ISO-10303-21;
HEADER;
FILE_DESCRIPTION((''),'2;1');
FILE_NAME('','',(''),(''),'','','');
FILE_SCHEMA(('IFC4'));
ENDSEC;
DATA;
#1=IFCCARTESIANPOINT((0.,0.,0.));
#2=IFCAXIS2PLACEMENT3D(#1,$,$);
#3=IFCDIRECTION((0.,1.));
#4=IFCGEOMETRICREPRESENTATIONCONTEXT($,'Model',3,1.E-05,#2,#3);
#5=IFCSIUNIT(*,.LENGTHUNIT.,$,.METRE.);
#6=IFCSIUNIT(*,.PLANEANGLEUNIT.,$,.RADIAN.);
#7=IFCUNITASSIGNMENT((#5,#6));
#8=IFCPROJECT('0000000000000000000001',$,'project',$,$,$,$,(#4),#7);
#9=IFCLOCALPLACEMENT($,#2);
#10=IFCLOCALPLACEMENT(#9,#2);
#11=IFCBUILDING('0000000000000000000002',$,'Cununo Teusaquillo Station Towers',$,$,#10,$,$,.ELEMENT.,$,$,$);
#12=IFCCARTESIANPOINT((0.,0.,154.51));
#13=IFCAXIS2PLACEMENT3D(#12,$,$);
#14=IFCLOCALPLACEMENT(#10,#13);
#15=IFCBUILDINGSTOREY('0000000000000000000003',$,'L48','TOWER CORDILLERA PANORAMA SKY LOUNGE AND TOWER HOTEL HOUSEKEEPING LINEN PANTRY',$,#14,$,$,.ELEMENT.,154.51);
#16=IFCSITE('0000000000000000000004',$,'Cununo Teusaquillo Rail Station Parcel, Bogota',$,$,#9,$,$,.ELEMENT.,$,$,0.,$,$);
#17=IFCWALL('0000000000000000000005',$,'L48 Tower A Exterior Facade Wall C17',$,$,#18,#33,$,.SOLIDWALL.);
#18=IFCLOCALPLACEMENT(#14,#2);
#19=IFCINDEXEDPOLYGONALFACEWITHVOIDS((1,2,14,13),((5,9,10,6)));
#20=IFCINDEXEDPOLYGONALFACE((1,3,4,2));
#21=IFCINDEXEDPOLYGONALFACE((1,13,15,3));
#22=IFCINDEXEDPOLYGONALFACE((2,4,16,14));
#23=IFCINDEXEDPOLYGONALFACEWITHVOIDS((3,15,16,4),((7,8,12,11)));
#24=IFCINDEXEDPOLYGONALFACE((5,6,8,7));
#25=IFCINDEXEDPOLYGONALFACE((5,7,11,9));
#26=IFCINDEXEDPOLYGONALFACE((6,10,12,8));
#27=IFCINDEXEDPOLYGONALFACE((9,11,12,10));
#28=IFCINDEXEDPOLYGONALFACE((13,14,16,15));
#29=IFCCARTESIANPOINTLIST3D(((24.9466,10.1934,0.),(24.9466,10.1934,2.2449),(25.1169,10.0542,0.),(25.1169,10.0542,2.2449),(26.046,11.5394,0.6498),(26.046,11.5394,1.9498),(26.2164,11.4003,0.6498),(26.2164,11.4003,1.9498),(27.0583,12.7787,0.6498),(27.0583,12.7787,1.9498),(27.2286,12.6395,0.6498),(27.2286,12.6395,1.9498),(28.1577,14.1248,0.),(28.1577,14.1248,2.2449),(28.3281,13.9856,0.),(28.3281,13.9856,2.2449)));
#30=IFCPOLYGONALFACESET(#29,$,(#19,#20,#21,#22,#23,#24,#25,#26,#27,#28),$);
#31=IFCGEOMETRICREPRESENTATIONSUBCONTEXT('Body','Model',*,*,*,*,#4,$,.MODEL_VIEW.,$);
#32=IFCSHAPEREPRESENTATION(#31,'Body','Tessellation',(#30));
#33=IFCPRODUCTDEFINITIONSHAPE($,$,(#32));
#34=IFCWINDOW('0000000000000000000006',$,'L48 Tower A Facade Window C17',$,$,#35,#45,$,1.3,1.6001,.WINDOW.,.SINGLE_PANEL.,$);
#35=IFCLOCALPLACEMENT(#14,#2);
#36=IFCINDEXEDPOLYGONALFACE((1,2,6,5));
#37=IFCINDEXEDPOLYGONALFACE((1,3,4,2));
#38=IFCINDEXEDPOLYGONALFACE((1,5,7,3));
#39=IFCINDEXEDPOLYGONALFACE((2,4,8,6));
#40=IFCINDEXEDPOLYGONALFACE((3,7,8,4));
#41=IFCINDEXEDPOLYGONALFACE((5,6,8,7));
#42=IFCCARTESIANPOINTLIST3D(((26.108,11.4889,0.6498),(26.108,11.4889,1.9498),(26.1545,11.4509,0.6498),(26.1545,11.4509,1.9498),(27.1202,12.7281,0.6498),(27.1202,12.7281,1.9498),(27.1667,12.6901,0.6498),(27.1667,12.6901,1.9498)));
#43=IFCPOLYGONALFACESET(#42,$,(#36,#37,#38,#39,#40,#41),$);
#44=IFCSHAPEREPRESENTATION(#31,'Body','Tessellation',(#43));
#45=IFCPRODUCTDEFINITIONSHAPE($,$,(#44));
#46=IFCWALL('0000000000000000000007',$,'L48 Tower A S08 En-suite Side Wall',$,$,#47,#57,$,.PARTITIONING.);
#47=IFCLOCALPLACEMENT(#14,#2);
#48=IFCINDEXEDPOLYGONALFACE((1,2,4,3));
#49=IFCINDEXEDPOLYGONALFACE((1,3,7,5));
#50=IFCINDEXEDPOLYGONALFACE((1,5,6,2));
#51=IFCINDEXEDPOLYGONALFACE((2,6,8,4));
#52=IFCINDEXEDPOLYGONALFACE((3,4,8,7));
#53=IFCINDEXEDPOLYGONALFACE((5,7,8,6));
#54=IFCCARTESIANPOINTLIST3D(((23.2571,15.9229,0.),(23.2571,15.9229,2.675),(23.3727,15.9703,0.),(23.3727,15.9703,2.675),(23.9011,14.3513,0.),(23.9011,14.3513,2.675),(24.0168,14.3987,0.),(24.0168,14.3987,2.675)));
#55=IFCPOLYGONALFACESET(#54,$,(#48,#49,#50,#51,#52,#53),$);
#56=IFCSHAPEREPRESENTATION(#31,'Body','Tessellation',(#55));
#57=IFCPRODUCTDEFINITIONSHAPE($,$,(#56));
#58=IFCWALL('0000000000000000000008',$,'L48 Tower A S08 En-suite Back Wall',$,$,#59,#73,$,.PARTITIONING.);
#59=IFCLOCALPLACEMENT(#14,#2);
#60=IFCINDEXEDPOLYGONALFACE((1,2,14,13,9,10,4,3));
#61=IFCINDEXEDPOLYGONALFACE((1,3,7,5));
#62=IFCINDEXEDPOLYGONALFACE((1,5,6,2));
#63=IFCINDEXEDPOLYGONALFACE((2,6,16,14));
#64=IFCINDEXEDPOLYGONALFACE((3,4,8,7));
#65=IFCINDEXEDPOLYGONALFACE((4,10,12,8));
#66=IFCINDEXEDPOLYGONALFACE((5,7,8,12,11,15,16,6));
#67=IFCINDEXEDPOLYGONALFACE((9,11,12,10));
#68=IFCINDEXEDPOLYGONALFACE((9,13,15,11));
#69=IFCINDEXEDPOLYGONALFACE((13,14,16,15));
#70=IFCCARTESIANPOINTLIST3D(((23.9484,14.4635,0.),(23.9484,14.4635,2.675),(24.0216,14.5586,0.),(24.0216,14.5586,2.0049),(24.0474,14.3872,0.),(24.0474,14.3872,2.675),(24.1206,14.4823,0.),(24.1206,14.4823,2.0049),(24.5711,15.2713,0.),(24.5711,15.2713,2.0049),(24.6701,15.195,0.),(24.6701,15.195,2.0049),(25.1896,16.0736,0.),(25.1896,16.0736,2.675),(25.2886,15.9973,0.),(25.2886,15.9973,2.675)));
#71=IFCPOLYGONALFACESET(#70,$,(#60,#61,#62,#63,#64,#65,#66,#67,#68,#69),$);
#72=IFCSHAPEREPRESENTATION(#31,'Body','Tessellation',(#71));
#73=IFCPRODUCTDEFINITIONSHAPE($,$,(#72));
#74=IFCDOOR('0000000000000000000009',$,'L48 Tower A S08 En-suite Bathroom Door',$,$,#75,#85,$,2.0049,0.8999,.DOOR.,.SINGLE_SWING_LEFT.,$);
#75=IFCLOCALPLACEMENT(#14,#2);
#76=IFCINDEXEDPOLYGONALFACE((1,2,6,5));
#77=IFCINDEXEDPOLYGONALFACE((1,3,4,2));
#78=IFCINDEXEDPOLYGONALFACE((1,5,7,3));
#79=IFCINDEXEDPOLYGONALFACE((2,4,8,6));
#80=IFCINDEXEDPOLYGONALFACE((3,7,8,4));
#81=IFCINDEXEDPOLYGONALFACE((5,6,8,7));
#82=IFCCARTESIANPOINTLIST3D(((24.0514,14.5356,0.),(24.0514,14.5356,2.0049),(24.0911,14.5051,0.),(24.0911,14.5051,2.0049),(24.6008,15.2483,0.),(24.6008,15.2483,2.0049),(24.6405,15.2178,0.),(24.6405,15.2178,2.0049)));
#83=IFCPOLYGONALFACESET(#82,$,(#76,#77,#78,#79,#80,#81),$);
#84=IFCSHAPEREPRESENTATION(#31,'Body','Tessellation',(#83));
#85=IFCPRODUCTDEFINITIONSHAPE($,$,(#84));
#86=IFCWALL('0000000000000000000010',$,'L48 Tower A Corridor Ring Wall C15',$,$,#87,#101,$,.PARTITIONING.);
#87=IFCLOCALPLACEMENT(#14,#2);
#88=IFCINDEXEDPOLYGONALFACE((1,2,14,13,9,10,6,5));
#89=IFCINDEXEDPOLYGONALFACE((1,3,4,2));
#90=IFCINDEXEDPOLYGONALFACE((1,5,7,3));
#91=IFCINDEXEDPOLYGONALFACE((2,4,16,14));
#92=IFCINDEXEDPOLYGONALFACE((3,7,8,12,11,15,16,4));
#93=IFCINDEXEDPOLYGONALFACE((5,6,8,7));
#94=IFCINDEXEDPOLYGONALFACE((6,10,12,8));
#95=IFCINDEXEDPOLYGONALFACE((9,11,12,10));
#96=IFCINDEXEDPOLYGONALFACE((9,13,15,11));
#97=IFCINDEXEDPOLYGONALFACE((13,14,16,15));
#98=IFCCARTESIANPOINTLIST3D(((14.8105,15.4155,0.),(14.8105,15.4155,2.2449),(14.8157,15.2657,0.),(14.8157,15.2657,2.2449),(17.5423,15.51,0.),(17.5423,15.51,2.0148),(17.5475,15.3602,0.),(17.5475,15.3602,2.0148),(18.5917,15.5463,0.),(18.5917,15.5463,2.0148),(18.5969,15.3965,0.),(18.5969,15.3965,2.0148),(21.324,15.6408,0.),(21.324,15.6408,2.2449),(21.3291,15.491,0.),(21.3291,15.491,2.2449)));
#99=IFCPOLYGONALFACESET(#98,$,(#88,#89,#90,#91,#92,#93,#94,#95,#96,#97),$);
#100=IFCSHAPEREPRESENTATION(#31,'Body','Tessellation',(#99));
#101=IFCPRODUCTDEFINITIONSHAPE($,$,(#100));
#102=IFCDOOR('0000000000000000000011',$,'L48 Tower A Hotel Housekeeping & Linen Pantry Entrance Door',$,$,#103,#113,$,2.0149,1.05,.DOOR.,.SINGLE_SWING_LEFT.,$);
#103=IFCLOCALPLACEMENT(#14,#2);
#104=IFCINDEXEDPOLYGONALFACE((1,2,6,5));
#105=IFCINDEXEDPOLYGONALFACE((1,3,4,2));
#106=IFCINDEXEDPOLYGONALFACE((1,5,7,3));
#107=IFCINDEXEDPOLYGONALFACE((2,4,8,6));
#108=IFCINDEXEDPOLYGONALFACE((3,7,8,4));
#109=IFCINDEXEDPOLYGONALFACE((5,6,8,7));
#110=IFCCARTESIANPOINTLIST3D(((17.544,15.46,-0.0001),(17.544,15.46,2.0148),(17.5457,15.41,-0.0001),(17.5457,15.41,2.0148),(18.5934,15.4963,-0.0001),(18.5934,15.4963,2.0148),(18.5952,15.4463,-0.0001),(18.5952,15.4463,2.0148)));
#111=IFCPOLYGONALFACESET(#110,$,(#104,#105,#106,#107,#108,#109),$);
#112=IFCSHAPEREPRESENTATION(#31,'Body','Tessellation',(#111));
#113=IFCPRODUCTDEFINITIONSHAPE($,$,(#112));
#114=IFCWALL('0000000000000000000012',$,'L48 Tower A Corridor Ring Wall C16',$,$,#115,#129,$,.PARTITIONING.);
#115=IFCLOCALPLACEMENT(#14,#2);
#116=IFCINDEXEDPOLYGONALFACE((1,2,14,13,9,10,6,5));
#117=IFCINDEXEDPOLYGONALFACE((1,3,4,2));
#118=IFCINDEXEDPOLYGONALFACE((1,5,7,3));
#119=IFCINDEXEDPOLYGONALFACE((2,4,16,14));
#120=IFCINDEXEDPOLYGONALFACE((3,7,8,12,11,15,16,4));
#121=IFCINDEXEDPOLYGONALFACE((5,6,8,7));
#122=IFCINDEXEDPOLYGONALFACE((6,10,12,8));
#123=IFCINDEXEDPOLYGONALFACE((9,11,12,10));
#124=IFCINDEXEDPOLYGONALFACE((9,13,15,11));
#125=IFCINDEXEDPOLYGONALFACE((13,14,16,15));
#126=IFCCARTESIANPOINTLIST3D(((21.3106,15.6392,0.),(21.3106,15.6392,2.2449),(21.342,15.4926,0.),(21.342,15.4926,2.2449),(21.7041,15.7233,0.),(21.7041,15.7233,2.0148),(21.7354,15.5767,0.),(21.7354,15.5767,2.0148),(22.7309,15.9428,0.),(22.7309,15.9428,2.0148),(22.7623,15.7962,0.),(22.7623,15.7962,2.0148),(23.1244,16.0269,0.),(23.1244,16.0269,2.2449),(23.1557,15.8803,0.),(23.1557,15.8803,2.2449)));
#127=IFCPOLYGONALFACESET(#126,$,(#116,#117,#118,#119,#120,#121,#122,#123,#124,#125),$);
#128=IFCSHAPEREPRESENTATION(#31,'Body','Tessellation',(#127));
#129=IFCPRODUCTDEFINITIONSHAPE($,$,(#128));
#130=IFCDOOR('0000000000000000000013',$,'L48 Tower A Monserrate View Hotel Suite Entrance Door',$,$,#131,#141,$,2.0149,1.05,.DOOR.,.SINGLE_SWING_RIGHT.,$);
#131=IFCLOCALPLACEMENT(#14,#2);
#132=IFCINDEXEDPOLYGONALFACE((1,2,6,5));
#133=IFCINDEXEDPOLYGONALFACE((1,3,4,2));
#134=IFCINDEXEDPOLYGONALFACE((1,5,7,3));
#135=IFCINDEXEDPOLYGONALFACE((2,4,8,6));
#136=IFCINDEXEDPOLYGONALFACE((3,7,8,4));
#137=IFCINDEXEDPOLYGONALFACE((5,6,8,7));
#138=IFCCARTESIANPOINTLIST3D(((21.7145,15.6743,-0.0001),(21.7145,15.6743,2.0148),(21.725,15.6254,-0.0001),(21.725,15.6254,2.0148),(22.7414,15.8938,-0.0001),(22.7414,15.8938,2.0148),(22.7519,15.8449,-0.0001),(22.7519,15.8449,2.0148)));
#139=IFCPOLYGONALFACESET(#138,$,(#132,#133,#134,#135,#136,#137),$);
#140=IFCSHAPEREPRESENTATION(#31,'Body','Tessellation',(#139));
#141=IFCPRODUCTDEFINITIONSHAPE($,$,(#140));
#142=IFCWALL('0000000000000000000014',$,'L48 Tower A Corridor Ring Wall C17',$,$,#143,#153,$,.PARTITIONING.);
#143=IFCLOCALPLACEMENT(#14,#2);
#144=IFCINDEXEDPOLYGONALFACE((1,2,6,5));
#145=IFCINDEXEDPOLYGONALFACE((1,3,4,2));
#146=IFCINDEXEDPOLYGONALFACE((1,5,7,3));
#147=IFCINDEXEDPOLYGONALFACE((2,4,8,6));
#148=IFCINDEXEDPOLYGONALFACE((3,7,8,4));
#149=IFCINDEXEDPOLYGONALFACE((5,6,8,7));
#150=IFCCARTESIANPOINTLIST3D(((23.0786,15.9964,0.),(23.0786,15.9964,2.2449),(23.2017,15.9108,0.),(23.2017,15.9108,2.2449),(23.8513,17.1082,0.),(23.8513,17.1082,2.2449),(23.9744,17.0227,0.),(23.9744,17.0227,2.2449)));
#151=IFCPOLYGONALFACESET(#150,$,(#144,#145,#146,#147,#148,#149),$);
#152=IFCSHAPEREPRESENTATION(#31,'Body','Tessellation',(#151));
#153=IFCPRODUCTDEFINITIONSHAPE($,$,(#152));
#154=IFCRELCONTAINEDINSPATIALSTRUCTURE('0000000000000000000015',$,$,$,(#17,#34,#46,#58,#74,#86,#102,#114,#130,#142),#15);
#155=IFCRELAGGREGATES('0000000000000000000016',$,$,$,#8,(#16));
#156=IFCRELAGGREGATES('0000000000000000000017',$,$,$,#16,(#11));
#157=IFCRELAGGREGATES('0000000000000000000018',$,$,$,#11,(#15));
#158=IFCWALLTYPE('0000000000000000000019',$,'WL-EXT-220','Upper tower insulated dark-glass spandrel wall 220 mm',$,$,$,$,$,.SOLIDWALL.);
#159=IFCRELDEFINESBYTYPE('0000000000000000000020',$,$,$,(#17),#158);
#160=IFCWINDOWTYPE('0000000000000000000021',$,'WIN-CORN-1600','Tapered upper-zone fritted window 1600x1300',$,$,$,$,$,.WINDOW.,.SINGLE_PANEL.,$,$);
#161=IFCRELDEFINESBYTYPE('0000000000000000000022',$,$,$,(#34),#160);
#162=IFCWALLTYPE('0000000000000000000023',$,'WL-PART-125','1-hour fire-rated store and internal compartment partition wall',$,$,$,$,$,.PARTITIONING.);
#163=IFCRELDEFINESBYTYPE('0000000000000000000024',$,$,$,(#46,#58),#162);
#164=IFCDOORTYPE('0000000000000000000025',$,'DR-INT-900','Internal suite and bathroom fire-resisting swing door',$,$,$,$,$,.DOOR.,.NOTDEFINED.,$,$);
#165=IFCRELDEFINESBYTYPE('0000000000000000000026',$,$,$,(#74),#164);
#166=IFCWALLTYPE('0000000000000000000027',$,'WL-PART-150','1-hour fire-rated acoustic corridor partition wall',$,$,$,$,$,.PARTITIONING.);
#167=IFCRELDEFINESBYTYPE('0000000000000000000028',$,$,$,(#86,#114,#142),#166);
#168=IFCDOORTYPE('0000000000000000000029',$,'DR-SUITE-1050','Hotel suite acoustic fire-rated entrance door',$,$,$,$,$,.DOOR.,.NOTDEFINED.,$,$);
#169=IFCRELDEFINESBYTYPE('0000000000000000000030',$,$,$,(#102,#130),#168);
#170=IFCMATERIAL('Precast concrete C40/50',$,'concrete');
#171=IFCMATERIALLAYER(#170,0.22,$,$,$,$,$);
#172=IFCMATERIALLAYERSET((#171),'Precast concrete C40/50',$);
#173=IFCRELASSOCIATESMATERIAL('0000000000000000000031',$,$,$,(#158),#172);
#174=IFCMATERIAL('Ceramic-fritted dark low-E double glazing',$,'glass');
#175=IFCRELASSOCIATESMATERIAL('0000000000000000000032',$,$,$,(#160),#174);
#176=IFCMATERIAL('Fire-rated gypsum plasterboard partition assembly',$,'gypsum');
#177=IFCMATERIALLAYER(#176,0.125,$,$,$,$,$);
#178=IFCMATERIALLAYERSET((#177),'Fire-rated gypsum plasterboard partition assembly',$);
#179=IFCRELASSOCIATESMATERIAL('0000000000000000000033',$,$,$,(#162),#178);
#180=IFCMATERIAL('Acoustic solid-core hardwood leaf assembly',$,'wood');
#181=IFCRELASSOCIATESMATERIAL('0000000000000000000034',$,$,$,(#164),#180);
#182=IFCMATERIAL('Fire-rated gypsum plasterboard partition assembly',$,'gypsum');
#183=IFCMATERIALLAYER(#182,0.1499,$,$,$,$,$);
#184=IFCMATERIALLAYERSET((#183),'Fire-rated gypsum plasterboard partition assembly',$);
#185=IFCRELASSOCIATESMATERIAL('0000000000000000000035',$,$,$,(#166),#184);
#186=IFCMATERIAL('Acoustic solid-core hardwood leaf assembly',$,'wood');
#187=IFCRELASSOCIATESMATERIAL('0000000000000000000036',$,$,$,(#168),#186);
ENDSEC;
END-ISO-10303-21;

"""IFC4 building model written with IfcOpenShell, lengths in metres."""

from ifc_helpers import new_model, si_unit, direction, frame, frame_2d, origin, place, context, subcontext, project, spatial, rectangle, extrude, source, transform, mapped, material, layer, layer_set, type_object, element, fill, save


model = new_model("IFC4")

# Units and contexts
model_context = context("Model", 3, precision=1e-05, world=origin(), true_north=direction((0.0, 1.0)))
body_context = subcontext(model_context, "Body", "Model", "MODEL_VIEW")
ifc_project = project(units=[si_unit("LENGTHUNIT", "METRE"), si_unit("PLANEANGLEUNIT", "RADIAN")], contexts=[model_context])

# Site, building, storey
site_placement = place(None, origin())
site = spatial("IfcSite", under=ifc_project, at=site_placement, Name="Cununo Teusaquillo Rail Station Parcel, Bogota", CompositionType="ELEMENT", RefElevation=0.0)
building_placement = place(site_placement, origin())
building = spatial("IfcBuilding", under=site, at=building_placement, Name="Cununo Teusaquillo Station Towers", CompositionType="ELEMENT")
storey_placement = place(building_placement, frame((0.0, 0.0, 154.51)))
storey = spatial("IfcBuildingStorey", under=building, at=storey_placement, Name="L48", Description="TOWER CORDILLERA PANORAMA SKY LOUNGE AND TOWER HOTEL HOUSEKEEPING LINEN PANTRY", CompositionType="ELEMENT", Elevation=154.51)

# Shared definitions
ifc_material_1 = material(Name="Precast concrete C40/50", Category="concrete")
ifc_layer_1 = layer(ifc_material_1, 0.22)
ifc_layer_set_1 = layer_set([ifc_layer_1], Name="Precast concrete C40/50")
wall_type_1 = type_object("IfcWallType", Name="WL-EXT-220", Description="Upper tower insulated dark-glass spandrel wall 220 mm", PredefinedType="SOLIDWALL", material=ifc_layer_set_1)

# Shared definitions
shared_shape_1 = source(origin(), body_context, "Body", "SweptSolid", [
    extrude(rectangle(XDim=1.6001, YDim=1.3, at=frame_2d((0.8, 0.6499))), frame((0.0, 0.1199, 0.0), z_axis=(0.0, -1.0, 0.0), x_axis=(1.0, 0.0, 0.0)), (0.0, 0.0, 1.0), 0.24),
])
ifc_material_2 = material(Name="Ceramic-fritted dark low-E double glazing", Category="glass")
window_type = type_object("IfcWindowType", Name="WIN-CORN-1600", Description="Tapered upper-zone fritted window 1600x1300", PartitioningType="SINGLE_PANEL", PredefinedType="WINDOW", material=ifc_material_2)
shared_shape_2 = source(origin(), body_context, "Body", "SweptSolid", [
    extrude(rectangle(XDim=1.6001, YDim=1.3, at=frame_2d((0.8, 0.6499))), frame((0.0, 0.03, 0.0), z_axis=(0.0, -1.0, 0.0), x_axis=(1.0, 0.0, 0.0)), (0.0, 0.0, 1.0), 0.0601),
])

# Wall, opening, window
wall_1_placement = place(storey_placement, frame((28.2429, 14.0552, 0.0), z_axis=(0.0, 0.0, 1.0), x_axis=(-0.632599, -0.77448, 0.0)))
wall_1 = element("IfcWall", 1, at=wall_1_placement, inside=storey, type_object=wall_type_1, Name="L48 Tower A Exterior Facade Wall C17", PredefinedType="SOLIDWALL", context=body_context, shape_type="SweptSolid", body=[
    extrude(rectangle(XDim=5.0762, YDim=0.22, at=frame_2d((2.5381, 0.0))), origin(), (0.0, 0.0, 1.0), 2.2449),
])
opening_1_placement = place(wall_1_placement, frame((1.738, 0.0, 0.6499)))
opening_1 = element("IfcOpeningElement", 2, at=opening_1_placement, cuts=wall_1, PredefinedType="OPENING", context=body_context, shape_type="MappedRepresentation", body=[
    mapped(shared_shape_1, transform((0.0, 0.0, 0.0), x_axis=(1.0, 0.0, 0.0), y_axis=(0.0, 1.0, 0.0), z_axis=(0.0, 0.0, 1.0), scale=1.0)),
])
window_1_placement = place(opening_1_placement, origin())
window_1 = element("IfcWindow", 3, at=window_1_placement, inside=storey, type_object=window_type, Name="L48 Tower A Facade Window C17", OverallHeight=1.3, OverallWidth=1.6001, PartitioningType="SINGLE_PANEL", PredefinedType="WINDOW", context=body_context, shape_type="MappedRepresentation", body=[
    mapped(shared_shape_2, transform((0.0, 0.0, 0.0), x_axis=(1.0, 0.0, 0.0), y_axis=(0.0, 1.0, 0.0), z_axis=(0.0, 0.0, 1.0), scale=1.0)),
])
fill(opening_1, window_1)

# Wall
ifc_material_3 = material(Name="Fire-rated gypsum plasterboard partition assembly", Category="gypsum")
ifc_layer_2 = layer(ifc_material_3, 0.125)
ifc_layer_set_2 = layer_set([ifc_layer_2], Name="Fire-rated gypsum plasterboard partition assembly")
wall_type_2 = type_object("IfcWallType", Name="WL-PART-125", Description="1-hour fire-rated store and internal compartment partition wall", PredefinedType="PARTITIONING", material=ifc_layer_set_2)
wall_2_placement = place(storey_placement, frame((23.3149, 15.9465, 0.0), z_axis=(0.0, 0.0, 1.0), x_axis=(0.379209, -0.925311, 0.0)))
element("IfcWall", 4, at=wall_2_placement, inside=storey, type_object=wall_type_2, Name="L48 Tower A S08 En-suite Side Wall", PredefinedType="PARTITIONING", context=body_context, shape_type="SweptSolid", body=[
    extrude(rectangle(XDim=1.6985, YDim=0.125, at=frame_2d((0.8491, 0.0))), origin(), (0.0, 0.0, 1.0), 2.675),
])

# Walls, openings, doors
wall_3_placement = place(storey_placement, frame((23.9978, 14.4253, 0.0), z_axis=(0.0, 0.0, 1.0), x_axis=(0.610535, 0.79199, 0.0)))
wall_3 = element("IfcWall", 5, at=wall_3_placement, inside=storey, type_object=wall_type_2, Name="L48 Tower A S08 En-suite Back Wall", PredefinedType="PARTITIONING", context=body_context, shape_type="SweptSolid", body=[
    extrude(rectangle(XDim=2.033, YDim=0.125, at=frame_2d((1.0166, 0.0))), origin(), (0.0, 0.0, 1.0), 2.675),
])
shared_shape_3 = source(origin(), body_context, "Body", "SweptSolid", [
    extrude(rectangle(XDim=0.8999, YDim=2.0049, at=frame_2d((0.45, 1.0024))), frame((0.0, 0.0725, 0.0), z_axis=(0.0, -1.0, 0.0), x_axis=(1.0, 0.0, 0.0)), (0.0, 0.0, 1.0), 0.145),
])
opening_2_placement = place(wall_3_placement, frame((0.1201, 0.0, 0.0)))
opening_2 = element("IfcOpeningElement", 6, at=opening_2_placement, cuts=wall_3, PredefinedType="OPENING", context=body_context, shape_type="MappedRepresentation", body=[
    mapped(shared_shape_3, transform((0.0, 0.0, 0.0), x_axis=(1.0, 0.0, 0.0), y_axis=(0.0, 1.0, 0.0), z_axis=(0.0, 0.0, 1.0), scale=1.0)),
])
ifc_material_4 = material(Name="Acoustic solid-core hardwood leaf assembly", Category="wood")
door_type_1 = type_object("IfcDoorType", Name="DR-INT-900", Description="Internal suite and bathroom fire-resisting swing door", OperationType="NOTDEFINED", PredefinedType="DOOR", material=ifc_material_4)
shared_shape_4 = source(origin(), body_context, "Body", "SweptSolid", [
    extrude(rectangle(XDim=0.8999, YDim=2.0049, at=frame_2d((0.45, 1.0024))), frame((0.0, 0.0249, 0.0), z_axis=(0.0, -1.0, 0.0), x_axis=(1.0, 0.0, 0.0)), (0.0, 0.0, 1.0), 0.05),
])
door_1_placement = place(opening_2_placement, origin())
door_1 = element("IfcDoor", 7, at=door_1_placement, inside=storey, type_object=door_type_1, Name="L48 Tower A S08 En-suite Bathroom Door", OperationType="SINGLE_SWING_LEFT", OverallHeight=2.0049, OverallWidth=0.8999, PredefinedType="DOOR", context=body_context, shape_type="MappedRepresentation", body=[
    mapped(shared_shape_4, transform((0.0, 0.0, 0.0), x_axis=(1.0, 0.0, 0.0), y_axis=(0.0, 1.0, 0.0), z_axis=(0.0, 0.0, 1.0), scale=1.0)),
])
fill(opening_2, door_1)
ifc_material_5 = material(Name="Fire-rated gypsum plasterboard partition assembly", Category="gypsum")
ifc_layer_3 = layer(ifc_material_5, 0.1499)
ifc_layer_set_3 = layer_set([ifc_layer_3], Name="Fire-rated gypsum plasterboard partition assembly")
wall_type_3 = type_object("IfcWallType", Name="WL-PART-150", Description="1-hour fire-rated acoustic corridor partition wall", PredefinedType="PARTITIONING", material=ifc_layer_set_3)
wall_4_placement = place(storey_placement, frame((14.813, 15.3406, 0.0), z_axis=(0.0, 0.0, 1.0), x_axis=(0.999402, 0.034576, 0.0)))
wall_4 = element("IfcWall", 8, at=wall_4_placement, inside=storey, type_object=wall_type_3, Name="L48 Tower A Corridor Ring Wall C15", PredefinedType="PARTITIONING", context=body_context, shape_type="SweptSolid", body=[
    extrude(rectangle(XDim=6.5173, YDim=0.1499, at=frame_2d((3.2588, 0.0))), origin(), (0.0, 0.0, 1.0), 2.2449),
])
shared_shape_5 = source(origin(), body_context, "Body", "SweptSolid", [
    extrude(rectangle(XDim=1.05, YDim=2.0149, at=frame_2d((0.5249, 1.0073))), frame((0.0, 0.085, 0.0), z_axis=(0.0, -1.0, 0.0), x_axis=(1.0, 0.0, 0.0)), (0.0, 0.0, 1.0), 0.1699),
])
opening_3_placement = place(wall_4_placement, frame((2.7336, 0.0, 0.0)))
opening_3 = element("IfcOpeningElement", 9, at=opening_3_placement, cuts=wall_4, PredefinedType="OPENING", context=body_context, shape_type="MappedRepresentation", body=[
    mapped(shared_shape_5, transform((0.0, 0.0, 0.0), x_axis=(1.0, 0.0, 0.0), y_axis=(0.0, 1.0, 0.0), z_axis=(0.0, 0.0, 1.0), scale=1.0)),
])
ifc_material_6 = material(Name="Acoustic solid-core hardwood leaf assembly", Category="wood")
door_type_2 = type_object("IfcDoorType", Name="DR-SUITE-1050", Description="Hotel suite acoustic fire-rated entrance door", OperationType="NOTDEFINED", PredefinedType="DOOR", material=ifc_material_6)
shared_shape_6 = source(origin(), body_context, "Body", "SweptSolid", [
    extrude(rectangle(XDim=1.05, YDim=2.0149, at=frame_2d((0.5249, 1.0073))), frame((0.0, 0.0249, 0.0), z_axis=(0.0, -1.0, 0.0), x_axis=(1.0, 0.0, 0.0)), (0.0, 0.0, 1.0), 0.05),
])
door_2_placement = place(opening_3_placement, origin())
door_2 = element("IfcDoor", 10, at=door_2_placement, inside=storey, type_object=door_type_2, Name="L48 Tower A Hotel Housekeeping & Linen Pantry Entrance Door", OperationType="SINGLE_SWING_LEFT", OverallHeight=2.0149, OverallWidth=1.05, PredefinedType="DOOR", context=body_context, shape_type="MappedRepresentation", body=[
    mapped(shared_shape_6, transform((0.0, 0.0, 0.0), x_axis=(1.0, 0.0, 0.0), y_axis=(0.0, 1.0, 0.0), z_axis=(0.0, 0.0, 1.0), scale=1.0)),
])
fill(opening_3, door_2)
wall_5_placement = place(storey_placement, frame((21.3264, 15.5659, 0.0), z_axis=(0.0, 0.0, 1.0), x_axis=(0.977908, 0.209035, 0.0)))
wall_5 = element("IfcWall", 11, at=wall_5_placement, inside=storey, type_object=wall_type_3, Name="L48 Tower A Corridor Ring Wall C16", PredefinedType="PARTITIONING", context=body_context, shape_type="SweptSolid", body=[
    extrude(rectangle(XDim=1.8547, YDim=0.1499, at=frame_2d((0.9272, 0.0))), origin(), (0.0, 0.0, 1.0), 2.2449),
])
opening_4_placement = place(wall_5_placement, frame((0.4023, 0.0, 0.0)))
opening_4 = element("IfcOpeningElement", 12, at=opening_4_placement, cuts=wall_5, PredefinedType="OPENING", context=body_context, shape_type="MappedRepresentation", body=[
    mapped(shared_shape_5, transform((0.0, 0.0, 0.0), x_axis=(1.0, 0.0, 0.0), y_axis=(0.0, 1.0, 0.0), z_axis=(0.0, 0.0, 1.0), scale=1.0)),
])
door_3_placement = place(opening_4_placement, origin())
door_3 = element("IfcDoor", 13, at=door_3_placement, inside=storey, type_object=door_type_2, Name="L48 Tower A Monserrate View Hotel Suite Entrance Door", OperationType="SINGLE_SWING_RIGHT", OverallHeight=2.0149, OverallWidth=1.05, PredefinedType="DOOR", context=body_context, shape_type="MappedRepresentation", body=[
    mapped(shared_shape_6, transform((0.0, 0.0, 0.0), x_axis=(1.0, 0.0, 0.0), y_axis=(0.0, 1.0, 0.0), z_axis=(0.0, 0.0, 1.0), scale=1.0)),
])
fill(opening_4, door_3)

# Wall
wall_6_placement = place(storey_placement, frame((23.1401, 15.9536, 0.0), z_axis=(0.0, 0.0, 1.0), x_axis=(0.5707, 0.821159, 0.0)))
element("IfcWall", 14, at=wall_6_placement, inside=storey, type_object=wall_type_3, Name="L48 Tower A Corridor Ring Wall C17", PredefinedType="PARTITIONING", context=body_context, shape_type="SweptSolid", body=[
    extrude(rectangle(XDim=1.354, YDim=0.1499, at=frame_2d((0.677, 0.0))), origin(), (0.0, 0.0, 1.0), 2.2449),
])

save(model, "model.ifc")
